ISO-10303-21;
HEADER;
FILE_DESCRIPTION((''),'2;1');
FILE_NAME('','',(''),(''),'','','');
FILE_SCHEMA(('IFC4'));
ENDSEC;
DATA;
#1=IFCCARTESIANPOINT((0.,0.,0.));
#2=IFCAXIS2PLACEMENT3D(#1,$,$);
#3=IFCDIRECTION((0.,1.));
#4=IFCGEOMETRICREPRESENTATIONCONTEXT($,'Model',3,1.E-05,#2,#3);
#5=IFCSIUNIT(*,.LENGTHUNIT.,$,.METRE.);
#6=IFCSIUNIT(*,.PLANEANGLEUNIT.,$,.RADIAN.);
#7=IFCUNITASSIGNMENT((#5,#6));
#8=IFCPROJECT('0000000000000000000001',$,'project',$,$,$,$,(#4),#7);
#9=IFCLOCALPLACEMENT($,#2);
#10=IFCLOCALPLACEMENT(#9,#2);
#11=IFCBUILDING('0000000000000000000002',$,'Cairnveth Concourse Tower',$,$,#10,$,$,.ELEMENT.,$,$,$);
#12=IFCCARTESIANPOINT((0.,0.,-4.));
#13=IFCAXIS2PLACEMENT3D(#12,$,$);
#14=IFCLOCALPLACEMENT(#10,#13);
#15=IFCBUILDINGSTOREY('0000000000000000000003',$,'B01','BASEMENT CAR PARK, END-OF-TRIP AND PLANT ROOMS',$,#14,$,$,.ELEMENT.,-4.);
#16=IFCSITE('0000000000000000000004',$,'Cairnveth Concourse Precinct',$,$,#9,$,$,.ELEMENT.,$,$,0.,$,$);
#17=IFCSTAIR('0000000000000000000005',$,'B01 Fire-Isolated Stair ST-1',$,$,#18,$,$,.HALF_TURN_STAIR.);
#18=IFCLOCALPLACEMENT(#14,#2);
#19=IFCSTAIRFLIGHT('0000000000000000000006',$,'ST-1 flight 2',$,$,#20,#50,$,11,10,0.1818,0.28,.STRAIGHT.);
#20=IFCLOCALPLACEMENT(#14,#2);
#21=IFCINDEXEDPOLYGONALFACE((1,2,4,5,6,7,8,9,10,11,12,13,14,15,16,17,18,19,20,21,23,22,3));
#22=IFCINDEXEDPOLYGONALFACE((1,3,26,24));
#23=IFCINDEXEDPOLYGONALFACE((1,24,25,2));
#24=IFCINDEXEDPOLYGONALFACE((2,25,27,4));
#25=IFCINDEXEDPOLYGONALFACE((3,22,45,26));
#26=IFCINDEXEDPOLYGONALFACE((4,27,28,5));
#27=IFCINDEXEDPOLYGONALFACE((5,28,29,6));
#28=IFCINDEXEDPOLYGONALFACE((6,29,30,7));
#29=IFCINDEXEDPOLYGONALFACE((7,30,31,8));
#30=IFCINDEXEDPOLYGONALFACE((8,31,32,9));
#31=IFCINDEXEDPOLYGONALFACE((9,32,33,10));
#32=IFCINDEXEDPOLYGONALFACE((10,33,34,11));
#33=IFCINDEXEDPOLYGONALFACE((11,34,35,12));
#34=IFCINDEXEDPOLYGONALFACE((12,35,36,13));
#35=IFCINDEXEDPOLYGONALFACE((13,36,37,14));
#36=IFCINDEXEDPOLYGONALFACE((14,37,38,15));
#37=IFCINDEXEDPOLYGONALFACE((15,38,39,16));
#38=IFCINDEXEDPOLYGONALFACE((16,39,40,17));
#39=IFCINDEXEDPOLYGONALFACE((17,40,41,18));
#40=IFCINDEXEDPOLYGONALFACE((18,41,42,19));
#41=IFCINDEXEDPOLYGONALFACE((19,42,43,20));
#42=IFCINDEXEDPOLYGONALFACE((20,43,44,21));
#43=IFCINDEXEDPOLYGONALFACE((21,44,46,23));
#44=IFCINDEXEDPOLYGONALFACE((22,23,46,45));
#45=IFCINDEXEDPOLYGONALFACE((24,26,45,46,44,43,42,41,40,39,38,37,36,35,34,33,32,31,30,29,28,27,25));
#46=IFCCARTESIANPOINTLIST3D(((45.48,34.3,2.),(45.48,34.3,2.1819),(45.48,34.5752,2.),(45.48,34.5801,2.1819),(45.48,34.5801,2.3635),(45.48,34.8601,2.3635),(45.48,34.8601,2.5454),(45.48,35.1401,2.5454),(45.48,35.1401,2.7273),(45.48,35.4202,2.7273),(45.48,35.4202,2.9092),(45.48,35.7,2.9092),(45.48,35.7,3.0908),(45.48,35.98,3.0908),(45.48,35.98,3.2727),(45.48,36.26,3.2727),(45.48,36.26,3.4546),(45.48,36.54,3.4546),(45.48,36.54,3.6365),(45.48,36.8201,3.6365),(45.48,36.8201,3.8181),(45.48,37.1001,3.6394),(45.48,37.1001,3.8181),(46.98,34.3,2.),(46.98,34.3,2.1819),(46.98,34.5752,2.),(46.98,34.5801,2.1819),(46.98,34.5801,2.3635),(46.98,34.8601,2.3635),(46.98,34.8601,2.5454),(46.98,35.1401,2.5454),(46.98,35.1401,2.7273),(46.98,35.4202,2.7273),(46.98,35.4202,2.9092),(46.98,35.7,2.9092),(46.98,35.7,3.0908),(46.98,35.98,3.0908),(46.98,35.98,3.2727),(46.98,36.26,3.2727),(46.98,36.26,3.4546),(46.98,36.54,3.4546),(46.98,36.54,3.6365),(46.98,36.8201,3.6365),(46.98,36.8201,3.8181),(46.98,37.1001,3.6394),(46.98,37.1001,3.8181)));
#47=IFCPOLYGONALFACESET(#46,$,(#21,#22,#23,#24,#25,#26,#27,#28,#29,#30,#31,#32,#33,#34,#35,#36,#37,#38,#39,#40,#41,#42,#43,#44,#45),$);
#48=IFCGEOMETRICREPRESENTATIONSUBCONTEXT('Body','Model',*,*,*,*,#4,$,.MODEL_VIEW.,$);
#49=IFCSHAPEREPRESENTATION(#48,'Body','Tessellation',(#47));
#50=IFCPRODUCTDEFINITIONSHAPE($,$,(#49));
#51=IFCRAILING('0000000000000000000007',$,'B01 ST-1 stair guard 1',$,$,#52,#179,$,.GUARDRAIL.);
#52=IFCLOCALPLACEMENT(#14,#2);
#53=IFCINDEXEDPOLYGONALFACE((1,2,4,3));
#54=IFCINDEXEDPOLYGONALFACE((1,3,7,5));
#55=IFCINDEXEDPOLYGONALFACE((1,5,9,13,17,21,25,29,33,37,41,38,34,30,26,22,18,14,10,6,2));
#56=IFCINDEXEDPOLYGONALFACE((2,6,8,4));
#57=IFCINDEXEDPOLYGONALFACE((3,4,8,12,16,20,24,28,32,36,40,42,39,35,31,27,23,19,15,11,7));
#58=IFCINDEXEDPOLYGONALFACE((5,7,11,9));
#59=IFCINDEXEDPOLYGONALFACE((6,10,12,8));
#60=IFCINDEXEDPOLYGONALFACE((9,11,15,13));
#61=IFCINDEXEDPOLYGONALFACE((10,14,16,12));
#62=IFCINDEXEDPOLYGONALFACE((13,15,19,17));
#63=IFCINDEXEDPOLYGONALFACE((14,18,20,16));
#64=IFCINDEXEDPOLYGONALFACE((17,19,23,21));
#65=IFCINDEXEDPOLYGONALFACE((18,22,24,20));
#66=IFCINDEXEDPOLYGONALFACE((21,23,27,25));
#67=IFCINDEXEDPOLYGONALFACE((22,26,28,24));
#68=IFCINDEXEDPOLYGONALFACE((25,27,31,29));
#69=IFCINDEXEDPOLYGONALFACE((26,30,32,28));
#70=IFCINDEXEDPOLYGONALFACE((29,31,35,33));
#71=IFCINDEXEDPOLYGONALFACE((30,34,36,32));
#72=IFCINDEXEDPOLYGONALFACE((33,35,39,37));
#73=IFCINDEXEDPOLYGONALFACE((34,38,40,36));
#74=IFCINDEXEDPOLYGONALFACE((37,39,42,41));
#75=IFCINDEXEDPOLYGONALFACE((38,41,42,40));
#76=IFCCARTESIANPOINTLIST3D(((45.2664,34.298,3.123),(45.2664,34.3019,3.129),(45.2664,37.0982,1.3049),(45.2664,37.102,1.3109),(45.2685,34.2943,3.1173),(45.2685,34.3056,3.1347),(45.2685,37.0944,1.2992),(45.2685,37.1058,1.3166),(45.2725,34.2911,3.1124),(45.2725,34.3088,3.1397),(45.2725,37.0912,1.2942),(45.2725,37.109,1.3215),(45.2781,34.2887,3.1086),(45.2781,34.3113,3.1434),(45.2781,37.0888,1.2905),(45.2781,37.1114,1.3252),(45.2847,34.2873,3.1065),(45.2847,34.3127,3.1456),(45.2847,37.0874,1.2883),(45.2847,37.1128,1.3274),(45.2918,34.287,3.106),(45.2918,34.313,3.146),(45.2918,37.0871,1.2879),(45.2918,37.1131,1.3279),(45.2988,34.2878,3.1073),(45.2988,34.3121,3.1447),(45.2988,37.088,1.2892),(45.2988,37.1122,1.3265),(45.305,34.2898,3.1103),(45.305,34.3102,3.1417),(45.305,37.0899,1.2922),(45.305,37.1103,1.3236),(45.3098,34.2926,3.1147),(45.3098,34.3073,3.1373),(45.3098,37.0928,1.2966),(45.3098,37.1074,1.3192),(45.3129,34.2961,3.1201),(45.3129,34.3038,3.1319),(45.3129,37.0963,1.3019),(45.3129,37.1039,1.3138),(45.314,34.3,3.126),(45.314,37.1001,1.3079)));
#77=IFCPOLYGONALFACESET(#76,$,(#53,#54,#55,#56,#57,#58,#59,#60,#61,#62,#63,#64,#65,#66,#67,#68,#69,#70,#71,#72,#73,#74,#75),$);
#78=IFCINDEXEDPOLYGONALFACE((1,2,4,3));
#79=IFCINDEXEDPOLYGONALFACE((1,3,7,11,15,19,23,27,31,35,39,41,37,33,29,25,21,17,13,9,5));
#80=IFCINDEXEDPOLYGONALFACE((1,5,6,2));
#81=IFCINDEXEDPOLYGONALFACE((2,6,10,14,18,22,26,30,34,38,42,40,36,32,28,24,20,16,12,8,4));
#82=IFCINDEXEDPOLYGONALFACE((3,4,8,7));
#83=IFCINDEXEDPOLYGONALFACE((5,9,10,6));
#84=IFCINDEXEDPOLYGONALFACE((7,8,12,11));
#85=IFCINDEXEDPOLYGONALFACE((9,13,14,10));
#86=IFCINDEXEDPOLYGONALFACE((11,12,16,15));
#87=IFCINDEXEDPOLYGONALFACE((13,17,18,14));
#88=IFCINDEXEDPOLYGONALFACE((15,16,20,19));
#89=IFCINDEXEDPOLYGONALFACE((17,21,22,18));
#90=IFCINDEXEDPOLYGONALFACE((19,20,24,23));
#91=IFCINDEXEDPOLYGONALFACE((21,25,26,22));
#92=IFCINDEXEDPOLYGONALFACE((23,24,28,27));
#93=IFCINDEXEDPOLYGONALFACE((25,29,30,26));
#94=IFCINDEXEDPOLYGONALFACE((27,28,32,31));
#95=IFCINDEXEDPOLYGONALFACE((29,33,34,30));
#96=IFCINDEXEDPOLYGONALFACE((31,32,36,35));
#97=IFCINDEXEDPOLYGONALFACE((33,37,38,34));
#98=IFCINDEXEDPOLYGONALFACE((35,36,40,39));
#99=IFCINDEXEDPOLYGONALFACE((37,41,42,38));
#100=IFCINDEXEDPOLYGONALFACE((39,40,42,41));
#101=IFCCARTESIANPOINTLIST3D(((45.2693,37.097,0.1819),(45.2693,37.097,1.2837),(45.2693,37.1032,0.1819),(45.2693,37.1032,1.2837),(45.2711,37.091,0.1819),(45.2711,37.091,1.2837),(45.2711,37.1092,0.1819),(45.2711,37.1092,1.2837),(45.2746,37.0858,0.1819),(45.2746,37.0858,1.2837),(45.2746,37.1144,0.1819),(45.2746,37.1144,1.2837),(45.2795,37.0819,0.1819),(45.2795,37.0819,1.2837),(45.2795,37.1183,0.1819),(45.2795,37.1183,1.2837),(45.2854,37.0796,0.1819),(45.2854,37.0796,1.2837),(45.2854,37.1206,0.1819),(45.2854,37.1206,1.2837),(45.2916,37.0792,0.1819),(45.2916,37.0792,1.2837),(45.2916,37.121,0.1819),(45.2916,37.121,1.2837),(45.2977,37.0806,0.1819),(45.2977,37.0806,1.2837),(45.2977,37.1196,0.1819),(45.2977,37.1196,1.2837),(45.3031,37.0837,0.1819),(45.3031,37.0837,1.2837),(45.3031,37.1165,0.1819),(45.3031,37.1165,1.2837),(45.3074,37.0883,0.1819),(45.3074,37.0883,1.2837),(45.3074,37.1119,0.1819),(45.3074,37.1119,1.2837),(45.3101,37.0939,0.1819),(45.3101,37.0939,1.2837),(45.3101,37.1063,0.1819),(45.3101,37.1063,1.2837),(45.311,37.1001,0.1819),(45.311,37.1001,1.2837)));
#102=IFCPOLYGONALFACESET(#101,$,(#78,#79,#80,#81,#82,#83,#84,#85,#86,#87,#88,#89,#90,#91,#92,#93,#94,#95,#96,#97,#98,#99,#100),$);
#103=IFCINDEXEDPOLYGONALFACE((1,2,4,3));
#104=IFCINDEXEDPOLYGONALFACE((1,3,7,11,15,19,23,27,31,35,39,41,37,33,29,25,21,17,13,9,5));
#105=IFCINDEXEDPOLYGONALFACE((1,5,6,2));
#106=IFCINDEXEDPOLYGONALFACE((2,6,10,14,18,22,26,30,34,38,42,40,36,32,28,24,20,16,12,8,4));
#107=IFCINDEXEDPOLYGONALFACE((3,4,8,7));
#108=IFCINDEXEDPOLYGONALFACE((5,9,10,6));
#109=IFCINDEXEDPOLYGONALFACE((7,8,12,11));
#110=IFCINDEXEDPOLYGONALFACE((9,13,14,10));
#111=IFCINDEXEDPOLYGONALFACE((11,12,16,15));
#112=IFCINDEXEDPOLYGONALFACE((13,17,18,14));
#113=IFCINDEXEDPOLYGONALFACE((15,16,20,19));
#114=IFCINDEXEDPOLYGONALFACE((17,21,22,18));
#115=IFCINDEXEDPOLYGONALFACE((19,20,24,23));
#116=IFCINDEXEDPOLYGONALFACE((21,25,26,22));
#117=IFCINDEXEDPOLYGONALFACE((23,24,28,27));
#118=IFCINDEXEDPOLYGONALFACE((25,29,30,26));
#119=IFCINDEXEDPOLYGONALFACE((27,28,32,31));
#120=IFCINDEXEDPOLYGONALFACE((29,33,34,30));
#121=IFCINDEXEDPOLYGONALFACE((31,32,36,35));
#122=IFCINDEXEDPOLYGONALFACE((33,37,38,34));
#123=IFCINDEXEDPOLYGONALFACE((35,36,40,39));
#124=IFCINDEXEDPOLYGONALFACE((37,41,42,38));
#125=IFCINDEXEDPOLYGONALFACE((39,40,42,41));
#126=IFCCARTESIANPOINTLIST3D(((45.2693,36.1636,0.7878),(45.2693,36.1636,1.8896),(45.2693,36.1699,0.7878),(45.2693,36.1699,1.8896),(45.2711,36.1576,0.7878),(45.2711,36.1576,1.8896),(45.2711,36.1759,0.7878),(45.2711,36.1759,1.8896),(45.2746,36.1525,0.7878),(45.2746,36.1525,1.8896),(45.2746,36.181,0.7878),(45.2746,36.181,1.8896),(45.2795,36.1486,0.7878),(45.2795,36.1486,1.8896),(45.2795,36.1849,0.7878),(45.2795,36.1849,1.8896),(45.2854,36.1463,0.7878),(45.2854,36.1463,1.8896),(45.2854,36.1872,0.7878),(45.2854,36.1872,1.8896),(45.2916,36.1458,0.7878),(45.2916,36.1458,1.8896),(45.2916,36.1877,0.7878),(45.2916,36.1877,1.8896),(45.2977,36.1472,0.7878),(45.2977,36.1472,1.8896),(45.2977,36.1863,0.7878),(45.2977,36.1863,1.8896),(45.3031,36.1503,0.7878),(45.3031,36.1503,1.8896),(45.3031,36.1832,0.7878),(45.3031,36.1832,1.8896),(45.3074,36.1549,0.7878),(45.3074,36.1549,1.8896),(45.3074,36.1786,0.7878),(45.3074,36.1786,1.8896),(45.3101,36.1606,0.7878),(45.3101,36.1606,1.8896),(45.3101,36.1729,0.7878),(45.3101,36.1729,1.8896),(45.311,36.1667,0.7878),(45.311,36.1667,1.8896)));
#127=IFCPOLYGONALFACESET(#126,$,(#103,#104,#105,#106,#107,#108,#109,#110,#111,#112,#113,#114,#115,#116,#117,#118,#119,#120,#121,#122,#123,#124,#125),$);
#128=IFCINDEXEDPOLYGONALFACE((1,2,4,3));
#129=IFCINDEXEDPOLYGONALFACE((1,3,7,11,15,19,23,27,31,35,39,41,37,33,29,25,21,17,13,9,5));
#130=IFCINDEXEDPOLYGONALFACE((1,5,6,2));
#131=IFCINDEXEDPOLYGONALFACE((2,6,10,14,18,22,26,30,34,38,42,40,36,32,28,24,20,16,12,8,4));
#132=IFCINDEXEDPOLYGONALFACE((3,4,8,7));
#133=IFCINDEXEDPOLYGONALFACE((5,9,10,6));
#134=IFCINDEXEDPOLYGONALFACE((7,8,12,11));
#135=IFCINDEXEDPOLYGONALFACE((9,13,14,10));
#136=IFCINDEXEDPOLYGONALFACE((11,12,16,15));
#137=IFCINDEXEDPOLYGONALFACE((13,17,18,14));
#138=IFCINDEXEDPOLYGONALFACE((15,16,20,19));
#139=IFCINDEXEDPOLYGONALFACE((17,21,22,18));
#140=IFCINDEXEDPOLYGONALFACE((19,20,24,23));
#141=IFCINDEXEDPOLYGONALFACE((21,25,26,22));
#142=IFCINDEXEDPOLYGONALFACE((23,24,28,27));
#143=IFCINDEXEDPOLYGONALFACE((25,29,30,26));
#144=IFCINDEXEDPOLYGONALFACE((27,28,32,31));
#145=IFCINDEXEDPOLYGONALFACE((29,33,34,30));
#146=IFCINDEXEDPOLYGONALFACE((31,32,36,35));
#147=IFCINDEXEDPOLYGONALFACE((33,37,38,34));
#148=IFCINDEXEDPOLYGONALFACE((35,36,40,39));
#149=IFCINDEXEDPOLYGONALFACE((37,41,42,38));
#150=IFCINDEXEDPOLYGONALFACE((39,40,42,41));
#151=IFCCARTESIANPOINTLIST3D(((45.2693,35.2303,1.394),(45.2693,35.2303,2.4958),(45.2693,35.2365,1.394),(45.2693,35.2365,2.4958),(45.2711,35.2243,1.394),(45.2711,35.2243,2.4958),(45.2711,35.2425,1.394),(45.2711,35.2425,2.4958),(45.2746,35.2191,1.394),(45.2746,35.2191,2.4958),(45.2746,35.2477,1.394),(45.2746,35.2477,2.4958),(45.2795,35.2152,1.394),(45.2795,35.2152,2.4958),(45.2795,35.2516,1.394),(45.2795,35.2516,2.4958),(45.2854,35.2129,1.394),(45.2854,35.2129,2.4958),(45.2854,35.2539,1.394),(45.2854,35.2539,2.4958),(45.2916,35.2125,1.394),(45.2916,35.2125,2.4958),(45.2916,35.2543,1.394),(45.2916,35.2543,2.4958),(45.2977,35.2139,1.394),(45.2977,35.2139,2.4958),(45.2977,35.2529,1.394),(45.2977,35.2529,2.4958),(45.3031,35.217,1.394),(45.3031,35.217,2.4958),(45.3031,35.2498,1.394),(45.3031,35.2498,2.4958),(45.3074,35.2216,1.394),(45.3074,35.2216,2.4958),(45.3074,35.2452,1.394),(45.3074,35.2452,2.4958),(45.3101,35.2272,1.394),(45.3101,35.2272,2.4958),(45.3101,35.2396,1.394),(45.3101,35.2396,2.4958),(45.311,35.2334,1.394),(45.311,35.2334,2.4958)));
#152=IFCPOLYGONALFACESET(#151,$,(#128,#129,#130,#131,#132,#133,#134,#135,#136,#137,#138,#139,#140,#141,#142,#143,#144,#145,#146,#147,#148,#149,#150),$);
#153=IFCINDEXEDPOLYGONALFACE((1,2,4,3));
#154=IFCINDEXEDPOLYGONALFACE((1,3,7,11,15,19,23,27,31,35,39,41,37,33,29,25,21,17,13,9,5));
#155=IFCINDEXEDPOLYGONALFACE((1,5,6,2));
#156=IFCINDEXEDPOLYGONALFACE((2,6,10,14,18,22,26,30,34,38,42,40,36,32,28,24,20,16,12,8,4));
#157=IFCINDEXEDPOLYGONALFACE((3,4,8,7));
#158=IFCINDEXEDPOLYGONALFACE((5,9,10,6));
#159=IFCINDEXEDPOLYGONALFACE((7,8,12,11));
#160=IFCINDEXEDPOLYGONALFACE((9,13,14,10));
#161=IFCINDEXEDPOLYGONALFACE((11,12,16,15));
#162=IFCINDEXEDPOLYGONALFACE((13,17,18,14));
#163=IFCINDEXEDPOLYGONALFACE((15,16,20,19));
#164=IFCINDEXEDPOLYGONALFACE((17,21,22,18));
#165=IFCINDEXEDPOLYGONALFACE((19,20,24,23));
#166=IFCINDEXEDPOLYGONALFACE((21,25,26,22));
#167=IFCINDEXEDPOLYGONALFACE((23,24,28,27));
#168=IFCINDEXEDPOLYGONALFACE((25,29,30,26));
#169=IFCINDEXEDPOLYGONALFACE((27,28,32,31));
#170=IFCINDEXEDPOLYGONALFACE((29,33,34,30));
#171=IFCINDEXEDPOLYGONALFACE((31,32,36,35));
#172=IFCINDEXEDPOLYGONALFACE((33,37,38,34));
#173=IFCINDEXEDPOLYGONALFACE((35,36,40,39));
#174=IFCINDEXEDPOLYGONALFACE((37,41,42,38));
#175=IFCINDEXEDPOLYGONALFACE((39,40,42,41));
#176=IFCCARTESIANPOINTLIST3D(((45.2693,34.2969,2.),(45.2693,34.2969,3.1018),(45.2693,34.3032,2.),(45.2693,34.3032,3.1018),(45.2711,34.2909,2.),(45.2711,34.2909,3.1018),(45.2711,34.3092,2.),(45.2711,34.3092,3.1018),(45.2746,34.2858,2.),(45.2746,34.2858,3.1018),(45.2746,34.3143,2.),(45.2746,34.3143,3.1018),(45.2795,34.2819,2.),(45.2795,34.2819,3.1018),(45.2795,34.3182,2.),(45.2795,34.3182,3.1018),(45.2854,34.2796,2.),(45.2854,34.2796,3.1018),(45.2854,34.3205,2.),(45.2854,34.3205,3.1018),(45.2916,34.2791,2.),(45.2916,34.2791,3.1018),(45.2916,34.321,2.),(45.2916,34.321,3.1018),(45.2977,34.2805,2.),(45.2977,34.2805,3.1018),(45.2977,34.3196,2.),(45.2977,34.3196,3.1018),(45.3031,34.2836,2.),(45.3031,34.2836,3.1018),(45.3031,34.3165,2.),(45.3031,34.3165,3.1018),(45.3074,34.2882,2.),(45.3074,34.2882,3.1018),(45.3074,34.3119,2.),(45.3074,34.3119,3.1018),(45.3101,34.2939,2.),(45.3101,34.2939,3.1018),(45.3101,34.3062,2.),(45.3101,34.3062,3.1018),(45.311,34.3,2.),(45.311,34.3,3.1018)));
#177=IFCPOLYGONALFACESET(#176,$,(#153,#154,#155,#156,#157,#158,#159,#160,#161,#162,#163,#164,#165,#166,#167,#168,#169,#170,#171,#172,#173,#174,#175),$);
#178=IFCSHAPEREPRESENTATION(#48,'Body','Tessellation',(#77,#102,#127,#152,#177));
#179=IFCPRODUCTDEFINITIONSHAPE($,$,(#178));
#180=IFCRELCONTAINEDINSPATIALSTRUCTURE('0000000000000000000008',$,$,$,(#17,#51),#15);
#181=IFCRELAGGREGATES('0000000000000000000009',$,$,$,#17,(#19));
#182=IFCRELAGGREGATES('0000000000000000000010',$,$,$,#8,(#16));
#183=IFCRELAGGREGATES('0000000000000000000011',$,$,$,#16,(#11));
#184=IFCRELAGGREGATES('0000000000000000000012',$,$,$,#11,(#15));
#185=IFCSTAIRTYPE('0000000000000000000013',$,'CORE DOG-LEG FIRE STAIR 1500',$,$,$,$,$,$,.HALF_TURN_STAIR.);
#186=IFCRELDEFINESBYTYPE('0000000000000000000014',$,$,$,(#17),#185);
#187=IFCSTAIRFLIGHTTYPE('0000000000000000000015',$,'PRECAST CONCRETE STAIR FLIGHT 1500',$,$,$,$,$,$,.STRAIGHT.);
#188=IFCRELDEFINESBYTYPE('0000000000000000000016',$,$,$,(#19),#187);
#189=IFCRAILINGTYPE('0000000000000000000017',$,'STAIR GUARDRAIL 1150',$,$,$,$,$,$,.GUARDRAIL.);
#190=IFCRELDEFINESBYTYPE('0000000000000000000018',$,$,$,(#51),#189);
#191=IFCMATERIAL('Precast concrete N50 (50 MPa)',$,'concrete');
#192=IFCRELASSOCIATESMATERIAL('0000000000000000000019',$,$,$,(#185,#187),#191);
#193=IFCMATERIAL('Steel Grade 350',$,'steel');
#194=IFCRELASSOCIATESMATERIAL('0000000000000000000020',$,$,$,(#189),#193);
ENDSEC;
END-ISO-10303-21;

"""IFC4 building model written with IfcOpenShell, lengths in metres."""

from ifc_helpers import new_model, si_unit, direction, frame, origin, origin_2d, place, context, subcontext, project, spatial, polyline, circle, outline, extrude, material, type_object, element, aggregate, save


model = new_model("IFC4")

# Units and contexts
model_context = context("Model", 3, precision=1e-05, world=origin(), true_north=direction((0.0, 1.0)))
body_context = subcontext(model_context, "Body", "Model", "MODEL_VIEW")
ifc_project = project(units=[si_unit("LENGTHUNIT", "METRE"), si_unit("PLANEANGLEUNIT", "RADIAN")], contexts=[model_context])

# Site, building, storey
site_placement = place(None, origin())
site = spatial("IfcSite", under=ifc_project, at=site_placement, Name="Cairnveth Concourse Precinct", CompositionType="ELEMENT", RefElevation=0.0)
building_placement = place(site_placement, origin())
building = spatial("IfcBuilding", under=site, at=building_placement, Name="Cairnveth Concourse Tower", CompositionType="ELEMENT")
storey_placement = place(building_placement, frame((0.0, 0.0, -4.0)))
storey = spatial("IfcBuildingStorey", under=building, at=storey_placement, Name="B01", Description="BASEMENT CAR PARK, END-OF-TRIP AND PLANT ROOMS", CompositionType="ELEMENT", Elevation=-4.0)

# Shared definitions
ifc_material_1 = material(Name="Steel Grade 350", Category="steel")

# Stair, stair flight
ifc_material_2 = material(Name="Precast concrete N50 (50 MPa)", Category="concrete")
stair_type = type_object("IfcStairType", Name="CORE DOG-LEG FIRE STAIR 1500", PredefinedType="HALF_TURN_STAIR", material=ifc_material_2)
stair_placement = place(storey_placement, origin())
stair = element("IfcStair", 1, at=stair_placement, inside=storey, type_object=stair_type, Name="B01 Fire-Isolated Stair ST-1", PredefinedType="HALF_TURN_STAIR")
stair_flight_type = type_object("IfcStairFlightType", Name="PRECAST CONCRETE STAIR FLIGHT 1500", PredefinedType="STRAIGHT", material=ifc_material_2)
stair_flight_1_placement = place(storey_placement, frame((46.23, 34.3, 2.0), z_axis=(0.0, 0.0, 1.0), x_axis=(0.0, 1.0, 0.0)))
stair_flight_1 = element("IfcStairFlight", 2, at=stair_flight_1_placement, type_object=stair_flight_type, Name="ST-1 flight 2", NumberOfRisers=11, NumberOfTreads=10, PredefinedType="STRAIGHT", RiserHeight=0.1818, TreadLength=0.28, context=body_context, shape_type="SweptSolid", body=[
    extrude(outline(polyline([(0.0, 0.0), (0.0, 0.1819), (0.28, 0.1819), (0.28, 0.3635), (0.5601, 0.3635), (0.5601, 0.5454), (0.8401, 0.5454), (0.8401, 0.7273), (1.1201, 0.7273), (1.1201, 0.9092), (1.3999, 0.9092), (1.3999, 1.0908), (1.6799, 1.0908), (1.6799, 1.2727), (1.96, 1.2727), (1.96, 1.4546), (2.24, 1.4546), (2.24, 1.6365), (2.52, 1.6365), (2.52, 1.8181), (2.8, 1.8181), (2.8, 2.0), (2.8, 1.6394), (0.2751, 0.0), (0.0, 0.0)])), frame((0.0, 0.75, 0.0), z_axis=(0.0, -1.0, 0.0), x_axis=(1.0, 0.0, 0.0)), (0.0, 0.0, 1.0), 1.5),
])
aggregate(stair, [stair_flight_1])

# Railing
railing_type_1 = type_object("IfcRailingType", Name="STAIR GUARDRAIL 1150", PredefinedType="GUARDRAIL", material=ifc_material_1)
railing_1_placement = place(storey_placement, frame((45.29, 37.1001, 0.1819)))
element("IfcRailing", 3, at=railing_1_placement, inside=storey, type_object=railing_type_1, Name="B01 ST-1 stair guard 1", PredefinedType="GUARDRAIL", context=body_context, shape_type="SweptSolid", body=[
    extrude(circle(Radius=0.0239, at=origin_2d()), frame((0.0, 0.0, 1.126), z_axis=(0.0, -0.838706, 0.544585), x_axis=(1.0, 0.0, 0.0)), (0.0, 0.0, 1.0), 3.3386),
    extrude(circle(Radius=0.021, at=origin_2d()), origin(), (0.0, 0.0, 1.0), 1.1018),
    extrude(circle(Radius=0.021, at=origin_2d()), frame((0.0, -0.9333, 0.606)), (0.0, 0.0, 1.0), 1.1018),
    extrude(circle(Radius=0.021, at=origin_2d()), frame((0.0, -1.8667, 1.2122)), (0.0, 0.0, 1.0), 1.1018),
    extrude(circle(Radius=0.021, at=origin_2d()), frame((0.0, -2.8, 1.8181)), (0.0, 0.0, 1.0), 1.1018),
])

save(model, "model.ifc")
